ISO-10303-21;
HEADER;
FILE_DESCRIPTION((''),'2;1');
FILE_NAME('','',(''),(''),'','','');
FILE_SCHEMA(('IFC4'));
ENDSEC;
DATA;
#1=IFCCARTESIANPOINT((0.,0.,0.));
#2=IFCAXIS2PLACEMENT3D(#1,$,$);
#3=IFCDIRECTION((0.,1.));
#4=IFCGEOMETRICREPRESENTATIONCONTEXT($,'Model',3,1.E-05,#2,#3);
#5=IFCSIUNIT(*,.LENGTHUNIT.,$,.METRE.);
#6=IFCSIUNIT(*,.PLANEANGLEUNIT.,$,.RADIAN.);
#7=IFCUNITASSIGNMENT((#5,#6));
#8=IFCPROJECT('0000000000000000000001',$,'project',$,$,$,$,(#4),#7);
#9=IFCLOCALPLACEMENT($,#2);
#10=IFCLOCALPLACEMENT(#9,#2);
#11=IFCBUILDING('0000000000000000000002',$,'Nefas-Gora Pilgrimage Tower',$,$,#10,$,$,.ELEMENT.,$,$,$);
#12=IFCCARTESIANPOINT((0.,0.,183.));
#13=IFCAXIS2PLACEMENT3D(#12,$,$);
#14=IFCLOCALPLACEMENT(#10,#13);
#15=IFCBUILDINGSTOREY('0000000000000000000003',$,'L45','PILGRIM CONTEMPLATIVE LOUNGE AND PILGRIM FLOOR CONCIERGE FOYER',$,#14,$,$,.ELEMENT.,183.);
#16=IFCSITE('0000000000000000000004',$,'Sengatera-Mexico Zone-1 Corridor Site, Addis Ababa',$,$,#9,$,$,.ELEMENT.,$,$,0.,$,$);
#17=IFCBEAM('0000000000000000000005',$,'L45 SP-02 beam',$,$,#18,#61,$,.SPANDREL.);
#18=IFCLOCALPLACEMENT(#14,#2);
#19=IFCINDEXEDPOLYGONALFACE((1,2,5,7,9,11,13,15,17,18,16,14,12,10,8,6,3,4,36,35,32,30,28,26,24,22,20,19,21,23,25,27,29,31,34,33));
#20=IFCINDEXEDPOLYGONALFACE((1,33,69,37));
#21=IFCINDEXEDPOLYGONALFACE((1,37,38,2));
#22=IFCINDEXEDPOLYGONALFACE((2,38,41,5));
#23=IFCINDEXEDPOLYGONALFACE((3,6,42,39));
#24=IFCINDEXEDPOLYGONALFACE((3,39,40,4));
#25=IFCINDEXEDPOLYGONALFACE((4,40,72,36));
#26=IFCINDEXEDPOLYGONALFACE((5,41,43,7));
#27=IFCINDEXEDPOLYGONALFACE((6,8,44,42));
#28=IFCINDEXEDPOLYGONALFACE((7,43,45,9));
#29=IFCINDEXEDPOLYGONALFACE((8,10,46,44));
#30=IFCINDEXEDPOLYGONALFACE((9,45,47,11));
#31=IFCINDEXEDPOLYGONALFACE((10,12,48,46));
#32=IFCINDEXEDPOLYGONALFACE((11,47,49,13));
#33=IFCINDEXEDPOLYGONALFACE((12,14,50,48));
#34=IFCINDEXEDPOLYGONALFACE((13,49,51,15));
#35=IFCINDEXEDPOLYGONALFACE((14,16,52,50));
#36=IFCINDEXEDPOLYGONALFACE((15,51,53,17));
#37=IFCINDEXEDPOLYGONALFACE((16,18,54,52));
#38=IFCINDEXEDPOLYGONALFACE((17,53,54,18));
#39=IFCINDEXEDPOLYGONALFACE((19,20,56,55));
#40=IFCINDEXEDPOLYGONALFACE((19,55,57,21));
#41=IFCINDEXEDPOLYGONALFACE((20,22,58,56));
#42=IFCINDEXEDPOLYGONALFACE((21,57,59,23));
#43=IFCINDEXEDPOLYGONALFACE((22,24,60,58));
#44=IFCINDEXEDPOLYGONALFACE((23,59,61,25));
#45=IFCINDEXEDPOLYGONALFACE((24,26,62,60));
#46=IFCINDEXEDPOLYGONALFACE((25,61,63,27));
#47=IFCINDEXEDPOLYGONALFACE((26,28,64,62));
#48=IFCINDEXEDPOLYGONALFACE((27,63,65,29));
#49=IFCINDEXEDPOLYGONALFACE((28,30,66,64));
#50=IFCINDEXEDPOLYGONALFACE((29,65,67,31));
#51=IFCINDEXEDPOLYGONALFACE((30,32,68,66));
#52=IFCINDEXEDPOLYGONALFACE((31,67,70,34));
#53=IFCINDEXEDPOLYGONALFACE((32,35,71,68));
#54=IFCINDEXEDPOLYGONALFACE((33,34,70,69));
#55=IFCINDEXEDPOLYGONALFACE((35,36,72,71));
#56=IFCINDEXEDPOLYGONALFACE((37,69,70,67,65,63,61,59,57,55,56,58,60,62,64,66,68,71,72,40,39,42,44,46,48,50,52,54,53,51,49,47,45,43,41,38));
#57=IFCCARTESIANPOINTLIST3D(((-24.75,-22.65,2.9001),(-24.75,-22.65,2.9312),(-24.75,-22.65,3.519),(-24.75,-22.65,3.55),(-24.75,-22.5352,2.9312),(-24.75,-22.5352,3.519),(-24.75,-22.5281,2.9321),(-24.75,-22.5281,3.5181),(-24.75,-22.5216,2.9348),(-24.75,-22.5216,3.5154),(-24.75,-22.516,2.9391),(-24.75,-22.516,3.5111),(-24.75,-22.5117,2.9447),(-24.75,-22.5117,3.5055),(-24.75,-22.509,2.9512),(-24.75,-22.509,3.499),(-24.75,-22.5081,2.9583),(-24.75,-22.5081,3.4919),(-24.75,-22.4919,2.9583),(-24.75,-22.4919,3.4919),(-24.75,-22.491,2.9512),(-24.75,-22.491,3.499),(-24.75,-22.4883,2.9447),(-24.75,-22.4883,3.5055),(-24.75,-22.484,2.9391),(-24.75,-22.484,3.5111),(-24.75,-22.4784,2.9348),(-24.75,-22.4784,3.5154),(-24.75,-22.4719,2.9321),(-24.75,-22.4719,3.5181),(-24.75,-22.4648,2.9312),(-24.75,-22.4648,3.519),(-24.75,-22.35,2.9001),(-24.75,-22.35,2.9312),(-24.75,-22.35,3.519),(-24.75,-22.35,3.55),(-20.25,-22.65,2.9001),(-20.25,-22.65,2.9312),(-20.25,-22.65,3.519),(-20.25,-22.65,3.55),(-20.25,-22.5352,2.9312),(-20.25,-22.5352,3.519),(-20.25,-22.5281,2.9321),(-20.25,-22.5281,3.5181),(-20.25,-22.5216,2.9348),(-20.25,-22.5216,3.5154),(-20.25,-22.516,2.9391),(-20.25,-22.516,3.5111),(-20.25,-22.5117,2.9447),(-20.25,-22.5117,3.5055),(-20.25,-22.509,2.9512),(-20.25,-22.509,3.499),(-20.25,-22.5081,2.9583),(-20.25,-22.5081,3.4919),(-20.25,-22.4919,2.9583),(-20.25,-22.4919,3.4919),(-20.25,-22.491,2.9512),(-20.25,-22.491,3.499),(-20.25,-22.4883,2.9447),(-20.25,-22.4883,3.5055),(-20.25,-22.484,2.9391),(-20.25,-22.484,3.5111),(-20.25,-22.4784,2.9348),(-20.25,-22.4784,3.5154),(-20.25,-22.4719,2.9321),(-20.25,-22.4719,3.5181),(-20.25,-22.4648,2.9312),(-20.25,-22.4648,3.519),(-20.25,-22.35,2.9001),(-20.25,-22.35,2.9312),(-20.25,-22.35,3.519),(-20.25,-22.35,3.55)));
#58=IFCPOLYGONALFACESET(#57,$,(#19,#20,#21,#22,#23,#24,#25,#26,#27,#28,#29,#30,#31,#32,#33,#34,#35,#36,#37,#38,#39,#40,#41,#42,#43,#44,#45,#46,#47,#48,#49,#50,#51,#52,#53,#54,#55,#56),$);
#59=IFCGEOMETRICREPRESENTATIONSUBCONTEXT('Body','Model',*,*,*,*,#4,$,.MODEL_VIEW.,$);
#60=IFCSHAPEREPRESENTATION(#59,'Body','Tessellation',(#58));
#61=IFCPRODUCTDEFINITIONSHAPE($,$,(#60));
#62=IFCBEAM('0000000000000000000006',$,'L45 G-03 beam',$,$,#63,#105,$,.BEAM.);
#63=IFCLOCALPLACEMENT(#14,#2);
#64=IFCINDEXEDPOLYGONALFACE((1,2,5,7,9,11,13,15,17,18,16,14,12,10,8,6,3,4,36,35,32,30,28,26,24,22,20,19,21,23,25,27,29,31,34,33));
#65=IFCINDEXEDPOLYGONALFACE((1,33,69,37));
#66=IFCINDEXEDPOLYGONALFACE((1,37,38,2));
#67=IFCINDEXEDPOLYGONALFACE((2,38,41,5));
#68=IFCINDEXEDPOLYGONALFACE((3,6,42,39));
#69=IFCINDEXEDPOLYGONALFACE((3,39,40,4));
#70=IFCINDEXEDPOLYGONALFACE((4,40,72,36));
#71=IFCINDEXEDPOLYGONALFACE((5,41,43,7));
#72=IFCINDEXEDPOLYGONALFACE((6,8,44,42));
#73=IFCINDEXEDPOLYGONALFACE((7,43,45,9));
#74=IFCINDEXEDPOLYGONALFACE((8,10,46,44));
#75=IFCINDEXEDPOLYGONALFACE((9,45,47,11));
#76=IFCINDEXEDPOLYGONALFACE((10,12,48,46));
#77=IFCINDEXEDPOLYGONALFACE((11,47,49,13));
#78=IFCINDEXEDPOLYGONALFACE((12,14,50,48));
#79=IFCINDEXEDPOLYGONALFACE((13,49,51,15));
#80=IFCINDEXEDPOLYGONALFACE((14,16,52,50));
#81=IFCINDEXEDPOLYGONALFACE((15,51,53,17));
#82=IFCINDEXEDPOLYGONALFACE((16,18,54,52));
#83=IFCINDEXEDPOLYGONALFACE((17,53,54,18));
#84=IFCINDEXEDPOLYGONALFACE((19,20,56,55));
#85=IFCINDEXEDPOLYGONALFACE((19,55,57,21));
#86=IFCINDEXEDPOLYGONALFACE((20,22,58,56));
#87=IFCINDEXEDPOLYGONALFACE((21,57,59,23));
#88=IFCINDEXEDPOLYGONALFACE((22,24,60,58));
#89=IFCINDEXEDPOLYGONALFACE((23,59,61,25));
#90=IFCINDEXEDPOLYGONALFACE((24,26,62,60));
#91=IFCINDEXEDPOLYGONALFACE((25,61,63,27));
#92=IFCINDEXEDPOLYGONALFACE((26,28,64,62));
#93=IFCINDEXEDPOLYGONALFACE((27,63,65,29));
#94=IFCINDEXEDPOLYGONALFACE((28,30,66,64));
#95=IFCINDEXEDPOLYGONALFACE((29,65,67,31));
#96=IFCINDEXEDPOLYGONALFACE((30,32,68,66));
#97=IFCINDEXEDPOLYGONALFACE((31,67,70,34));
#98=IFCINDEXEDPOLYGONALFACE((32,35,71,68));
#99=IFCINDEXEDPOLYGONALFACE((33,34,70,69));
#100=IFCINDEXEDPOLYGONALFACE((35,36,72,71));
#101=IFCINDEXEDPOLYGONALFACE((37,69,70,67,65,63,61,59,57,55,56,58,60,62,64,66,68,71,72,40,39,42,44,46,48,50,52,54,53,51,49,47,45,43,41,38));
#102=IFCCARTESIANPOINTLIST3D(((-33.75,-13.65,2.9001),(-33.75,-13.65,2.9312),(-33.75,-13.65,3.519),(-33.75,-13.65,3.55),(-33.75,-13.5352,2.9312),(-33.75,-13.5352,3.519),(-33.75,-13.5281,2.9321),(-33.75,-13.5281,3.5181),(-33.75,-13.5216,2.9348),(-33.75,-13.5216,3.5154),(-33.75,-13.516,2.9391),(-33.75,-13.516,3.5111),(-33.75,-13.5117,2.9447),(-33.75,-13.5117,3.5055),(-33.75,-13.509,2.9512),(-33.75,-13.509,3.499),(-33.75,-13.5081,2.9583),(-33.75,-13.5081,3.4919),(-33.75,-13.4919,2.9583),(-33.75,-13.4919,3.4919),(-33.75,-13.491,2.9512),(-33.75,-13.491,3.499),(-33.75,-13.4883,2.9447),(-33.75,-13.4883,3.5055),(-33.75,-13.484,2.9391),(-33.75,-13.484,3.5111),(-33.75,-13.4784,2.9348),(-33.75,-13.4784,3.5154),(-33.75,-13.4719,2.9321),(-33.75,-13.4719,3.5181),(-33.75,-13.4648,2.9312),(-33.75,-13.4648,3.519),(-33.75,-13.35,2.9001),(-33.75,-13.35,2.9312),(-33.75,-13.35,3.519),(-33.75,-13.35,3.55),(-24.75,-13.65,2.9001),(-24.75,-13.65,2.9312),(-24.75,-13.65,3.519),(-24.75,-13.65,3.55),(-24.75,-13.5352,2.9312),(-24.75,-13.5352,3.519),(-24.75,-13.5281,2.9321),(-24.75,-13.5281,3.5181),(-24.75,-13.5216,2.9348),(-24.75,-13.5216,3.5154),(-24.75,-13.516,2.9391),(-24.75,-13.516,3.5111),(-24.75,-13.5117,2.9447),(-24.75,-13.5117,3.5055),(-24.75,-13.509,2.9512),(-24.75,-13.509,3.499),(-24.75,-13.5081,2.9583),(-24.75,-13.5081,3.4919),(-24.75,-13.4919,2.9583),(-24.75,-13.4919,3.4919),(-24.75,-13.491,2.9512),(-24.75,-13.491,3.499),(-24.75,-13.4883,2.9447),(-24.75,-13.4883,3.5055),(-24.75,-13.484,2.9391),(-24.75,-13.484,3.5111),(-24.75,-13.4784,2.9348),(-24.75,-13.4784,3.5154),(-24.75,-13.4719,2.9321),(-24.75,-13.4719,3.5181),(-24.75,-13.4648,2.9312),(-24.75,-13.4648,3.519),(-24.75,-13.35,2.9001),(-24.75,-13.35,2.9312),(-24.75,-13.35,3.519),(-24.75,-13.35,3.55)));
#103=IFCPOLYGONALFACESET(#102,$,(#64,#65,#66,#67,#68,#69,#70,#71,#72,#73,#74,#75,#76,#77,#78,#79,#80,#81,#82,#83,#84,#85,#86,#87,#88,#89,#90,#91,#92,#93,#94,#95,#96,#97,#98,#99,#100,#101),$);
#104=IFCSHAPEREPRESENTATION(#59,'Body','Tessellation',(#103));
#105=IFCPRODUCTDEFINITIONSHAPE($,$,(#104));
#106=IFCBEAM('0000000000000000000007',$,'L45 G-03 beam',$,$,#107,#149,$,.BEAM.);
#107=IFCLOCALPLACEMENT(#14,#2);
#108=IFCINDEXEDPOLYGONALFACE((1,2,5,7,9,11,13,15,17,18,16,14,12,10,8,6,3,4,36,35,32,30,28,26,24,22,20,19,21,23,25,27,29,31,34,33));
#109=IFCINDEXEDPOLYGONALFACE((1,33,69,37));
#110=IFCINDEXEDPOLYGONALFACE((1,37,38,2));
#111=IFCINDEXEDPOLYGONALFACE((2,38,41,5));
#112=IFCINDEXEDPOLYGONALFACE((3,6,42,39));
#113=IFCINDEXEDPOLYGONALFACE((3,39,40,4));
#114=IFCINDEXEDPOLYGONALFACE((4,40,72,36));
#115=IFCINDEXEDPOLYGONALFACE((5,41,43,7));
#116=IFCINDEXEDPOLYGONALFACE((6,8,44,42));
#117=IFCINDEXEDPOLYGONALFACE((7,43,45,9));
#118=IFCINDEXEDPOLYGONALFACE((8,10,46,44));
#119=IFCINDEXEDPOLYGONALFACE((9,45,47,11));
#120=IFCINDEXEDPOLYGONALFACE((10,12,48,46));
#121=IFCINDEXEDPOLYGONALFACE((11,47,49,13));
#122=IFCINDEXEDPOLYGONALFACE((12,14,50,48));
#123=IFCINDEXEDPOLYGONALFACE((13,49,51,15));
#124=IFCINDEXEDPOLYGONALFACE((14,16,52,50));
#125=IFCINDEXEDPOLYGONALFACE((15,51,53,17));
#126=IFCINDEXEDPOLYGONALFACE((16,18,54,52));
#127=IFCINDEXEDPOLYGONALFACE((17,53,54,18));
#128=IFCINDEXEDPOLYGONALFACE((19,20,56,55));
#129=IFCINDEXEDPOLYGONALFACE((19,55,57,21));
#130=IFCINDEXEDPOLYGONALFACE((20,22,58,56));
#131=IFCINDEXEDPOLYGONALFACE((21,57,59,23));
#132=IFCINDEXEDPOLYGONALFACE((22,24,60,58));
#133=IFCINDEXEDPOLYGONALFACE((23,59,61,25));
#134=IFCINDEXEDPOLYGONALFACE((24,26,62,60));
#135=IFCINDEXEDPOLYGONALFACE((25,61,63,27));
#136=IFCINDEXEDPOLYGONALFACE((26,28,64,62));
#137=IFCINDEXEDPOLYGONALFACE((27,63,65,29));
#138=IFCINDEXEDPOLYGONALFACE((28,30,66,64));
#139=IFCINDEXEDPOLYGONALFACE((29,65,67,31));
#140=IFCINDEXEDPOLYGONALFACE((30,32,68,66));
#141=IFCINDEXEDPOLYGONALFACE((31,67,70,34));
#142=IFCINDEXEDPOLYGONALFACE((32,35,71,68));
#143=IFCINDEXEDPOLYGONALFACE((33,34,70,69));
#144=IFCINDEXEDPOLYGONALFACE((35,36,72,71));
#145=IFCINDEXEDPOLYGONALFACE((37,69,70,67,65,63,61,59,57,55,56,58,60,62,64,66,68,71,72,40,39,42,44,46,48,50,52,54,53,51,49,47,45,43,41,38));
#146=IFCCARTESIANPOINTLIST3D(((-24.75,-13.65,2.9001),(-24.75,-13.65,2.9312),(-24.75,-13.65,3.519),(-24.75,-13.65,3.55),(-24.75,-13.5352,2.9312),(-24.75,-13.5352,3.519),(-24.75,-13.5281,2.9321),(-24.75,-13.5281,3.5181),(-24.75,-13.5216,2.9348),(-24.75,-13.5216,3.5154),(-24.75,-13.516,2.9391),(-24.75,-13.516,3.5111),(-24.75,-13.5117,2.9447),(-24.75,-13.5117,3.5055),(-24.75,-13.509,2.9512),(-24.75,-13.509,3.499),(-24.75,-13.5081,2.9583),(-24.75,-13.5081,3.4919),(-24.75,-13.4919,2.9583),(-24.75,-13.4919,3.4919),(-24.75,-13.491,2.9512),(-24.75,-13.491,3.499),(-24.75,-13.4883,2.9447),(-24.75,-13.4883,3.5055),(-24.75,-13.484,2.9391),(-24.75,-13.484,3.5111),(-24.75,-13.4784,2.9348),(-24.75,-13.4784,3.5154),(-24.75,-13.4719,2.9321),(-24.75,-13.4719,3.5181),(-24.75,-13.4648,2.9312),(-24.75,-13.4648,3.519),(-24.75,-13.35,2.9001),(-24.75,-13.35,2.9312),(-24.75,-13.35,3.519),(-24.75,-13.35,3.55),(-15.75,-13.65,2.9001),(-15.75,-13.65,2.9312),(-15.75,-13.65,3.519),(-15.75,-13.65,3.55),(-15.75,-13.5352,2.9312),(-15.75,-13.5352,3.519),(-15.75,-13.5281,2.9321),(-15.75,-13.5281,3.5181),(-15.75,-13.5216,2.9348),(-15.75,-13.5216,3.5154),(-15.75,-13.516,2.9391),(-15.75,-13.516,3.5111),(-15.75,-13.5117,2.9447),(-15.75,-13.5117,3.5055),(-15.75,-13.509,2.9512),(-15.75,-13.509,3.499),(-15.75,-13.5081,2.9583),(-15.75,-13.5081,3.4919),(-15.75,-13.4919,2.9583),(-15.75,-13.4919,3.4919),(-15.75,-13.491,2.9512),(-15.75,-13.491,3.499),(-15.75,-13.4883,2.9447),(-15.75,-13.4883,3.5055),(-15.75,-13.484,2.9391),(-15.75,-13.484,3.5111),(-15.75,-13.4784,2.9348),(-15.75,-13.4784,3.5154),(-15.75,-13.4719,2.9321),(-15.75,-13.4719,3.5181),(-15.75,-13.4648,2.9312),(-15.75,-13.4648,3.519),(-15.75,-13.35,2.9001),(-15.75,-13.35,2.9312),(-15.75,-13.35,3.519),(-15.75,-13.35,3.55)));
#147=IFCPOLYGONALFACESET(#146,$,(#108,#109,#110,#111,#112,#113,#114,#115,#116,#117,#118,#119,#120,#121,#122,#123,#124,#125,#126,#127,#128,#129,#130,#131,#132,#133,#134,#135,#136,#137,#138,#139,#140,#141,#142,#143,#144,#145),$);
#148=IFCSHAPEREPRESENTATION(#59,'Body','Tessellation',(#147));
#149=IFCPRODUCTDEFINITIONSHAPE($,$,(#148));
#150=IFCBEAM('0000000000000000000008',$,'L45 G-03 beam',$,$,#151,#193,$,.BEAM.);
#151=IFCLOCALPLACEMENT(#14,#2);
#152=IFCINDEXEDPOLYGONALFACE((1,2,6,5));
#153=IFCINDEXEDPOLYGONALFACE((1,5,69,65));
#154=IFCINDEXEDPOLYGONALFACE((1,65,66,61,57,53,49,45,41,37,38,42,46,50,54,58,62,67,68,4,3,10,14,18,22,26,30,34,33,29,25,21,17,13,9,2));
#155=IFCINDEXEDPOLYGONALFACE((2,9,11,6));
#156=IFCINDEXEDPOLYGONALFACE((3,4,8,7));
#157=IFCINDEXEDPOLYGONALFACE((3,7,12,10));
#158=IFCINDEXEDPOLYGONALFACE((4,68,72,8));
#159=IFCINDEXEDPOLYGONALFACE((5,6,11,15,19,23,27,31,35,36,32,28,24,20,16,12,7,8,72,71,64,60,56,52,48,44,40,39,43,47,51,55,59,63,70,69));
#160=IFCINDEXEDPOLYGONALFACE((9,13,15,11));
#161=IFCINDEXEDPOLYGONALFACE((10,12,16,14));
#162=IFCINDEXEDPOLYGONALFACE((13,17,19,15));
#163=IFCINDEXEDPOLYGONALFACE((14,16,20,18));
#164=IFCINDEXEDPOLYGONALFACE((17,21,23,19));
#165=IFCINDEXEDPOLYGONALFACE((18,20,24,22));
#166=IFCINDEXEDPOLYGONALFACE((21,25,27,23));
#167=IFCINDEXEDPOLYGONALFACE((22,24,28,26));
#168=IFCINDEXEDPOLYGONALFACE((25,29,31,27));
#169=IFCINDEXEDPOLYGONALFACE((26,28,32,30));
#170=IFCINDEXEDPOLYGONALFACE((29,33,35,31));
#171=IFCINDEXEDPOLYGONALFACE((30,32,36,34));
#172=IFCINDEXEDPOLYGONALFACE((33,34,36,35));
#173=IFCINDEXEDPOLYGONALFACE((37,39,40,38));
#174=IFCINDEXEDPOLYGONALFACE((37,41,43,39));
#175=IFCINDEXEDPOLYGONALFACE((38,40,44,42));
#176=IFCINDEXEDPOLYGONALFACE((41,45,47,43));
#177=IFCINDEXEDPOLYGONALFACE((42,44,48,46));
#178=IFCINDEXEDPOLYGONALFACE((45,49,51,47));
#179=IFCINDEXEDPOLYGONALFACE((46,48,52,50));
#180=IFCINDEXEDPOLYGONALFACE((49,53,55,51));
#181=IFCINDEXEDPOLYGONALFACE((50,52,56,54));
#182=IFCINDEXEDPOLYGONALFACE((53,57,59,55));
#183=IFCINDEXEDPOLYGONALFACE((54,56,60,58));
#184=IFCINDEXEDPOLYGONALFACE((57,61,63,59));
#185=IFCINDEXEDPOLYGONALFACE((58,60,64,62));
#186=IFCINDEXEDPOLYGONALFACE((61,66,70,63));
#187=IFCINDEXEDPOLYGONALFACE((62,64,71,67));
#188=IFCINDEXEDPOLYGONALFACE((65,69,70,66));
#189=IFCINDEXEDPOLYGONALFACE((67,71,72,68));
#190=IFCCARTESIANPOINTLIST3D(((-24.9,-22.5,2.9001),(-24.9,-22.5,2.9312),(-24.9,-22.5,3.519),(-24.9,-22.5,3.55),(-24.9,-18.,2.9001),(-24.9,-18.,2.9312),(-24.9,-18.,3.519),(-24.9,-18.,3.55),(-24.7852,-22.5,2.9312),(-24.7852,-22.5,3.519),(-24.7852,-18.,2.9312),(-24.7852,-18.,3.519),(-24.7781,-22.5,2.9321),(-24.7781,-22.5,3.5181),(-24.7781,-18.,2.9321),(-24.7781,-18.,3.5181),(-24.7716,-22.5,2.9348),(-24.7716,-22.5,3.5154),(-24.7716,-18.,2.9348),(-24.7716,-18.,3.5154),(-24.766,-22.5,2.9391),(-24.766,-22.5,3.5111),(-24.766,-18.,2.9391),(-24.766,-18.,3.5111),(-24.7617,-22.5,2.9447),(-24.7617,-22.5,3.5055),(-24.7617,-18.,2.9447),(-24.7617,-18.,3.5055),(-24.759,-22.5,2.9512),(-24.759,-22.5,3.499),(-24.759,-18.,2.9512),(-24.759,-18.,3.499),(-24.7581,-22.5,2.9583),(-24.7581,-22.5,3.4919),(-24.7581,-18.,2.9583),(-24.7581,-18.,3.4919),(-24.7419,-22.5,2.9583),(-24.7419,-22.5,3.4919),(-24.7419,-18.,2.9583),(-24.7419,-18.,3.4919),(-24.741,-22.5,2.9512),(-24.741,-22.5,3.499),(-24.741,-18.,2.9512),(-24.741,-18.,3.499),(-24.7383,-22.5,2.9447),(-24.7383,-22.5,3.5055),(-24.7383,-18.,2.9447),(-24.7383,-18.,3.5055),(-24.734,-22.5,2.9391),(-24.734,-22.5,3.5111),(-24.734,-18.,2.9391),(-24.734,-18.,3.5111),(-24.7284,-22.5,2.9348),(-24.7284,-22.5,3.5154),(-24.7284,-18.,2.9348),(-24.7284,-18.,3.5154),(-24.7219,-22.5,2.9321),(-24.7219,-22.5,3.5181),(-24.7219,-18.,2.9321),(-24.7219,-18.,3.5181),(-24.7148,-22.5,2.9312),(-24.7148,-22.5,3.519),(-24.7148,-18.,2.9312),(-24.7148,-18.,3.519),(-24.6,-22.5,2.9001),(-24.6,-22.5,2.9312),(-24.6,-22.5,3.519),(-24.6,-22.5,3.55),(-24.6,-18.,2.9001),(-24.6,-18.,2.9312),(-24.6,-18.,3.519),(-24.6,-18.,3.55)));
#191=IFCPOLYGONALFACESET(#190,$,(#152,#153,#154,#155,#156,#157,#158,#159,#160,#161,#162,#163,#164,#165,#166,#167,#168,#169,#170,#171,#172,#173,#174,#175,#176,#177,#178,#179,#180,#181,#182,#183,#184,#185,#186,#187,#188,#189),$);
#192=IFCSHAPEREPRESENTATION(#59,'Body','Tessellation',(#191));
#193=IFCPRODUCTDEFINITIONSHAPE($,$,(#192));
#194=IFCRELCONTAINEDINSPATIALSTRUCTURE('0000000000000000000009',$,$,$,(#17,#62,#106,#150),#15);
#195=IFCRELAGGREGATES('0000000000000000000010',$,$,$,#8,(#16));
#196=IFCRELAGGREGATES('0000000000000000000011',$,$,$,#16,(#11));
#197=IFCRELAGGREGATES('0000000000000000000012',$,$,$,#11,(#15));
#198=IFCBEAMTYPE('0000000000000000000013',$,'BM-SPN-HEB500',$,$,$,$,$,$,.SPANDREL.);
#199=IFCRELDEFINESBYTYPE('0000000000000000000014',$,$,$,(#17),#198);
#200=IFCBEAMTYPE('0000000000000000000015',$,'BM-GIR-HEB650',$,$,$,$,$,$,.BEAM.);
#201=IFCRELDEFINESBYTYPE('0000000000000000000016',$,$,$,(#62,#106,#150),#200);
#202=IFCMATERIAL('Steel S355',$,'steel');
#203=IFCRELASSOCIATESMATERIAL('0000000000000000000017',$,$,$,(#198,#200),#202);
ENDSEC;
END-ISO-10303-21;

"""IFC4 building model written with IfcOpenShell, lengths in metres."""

from ifc_helpers import new_model, si_unit, direction, frame, origin, origin_2d, place, context, subcontext, project, spatial, i_section, extrude, source, transform, mapped, material, material_profile, profile_set, type_object, element, save


model = new_model("IFC4")

# Units and contexts
model_context = context("Model", 3, precision=1e-05, world=origin(), true_north=direction((0.0, 1.0)))
body_context = subcontext(model_context, "Body", "Model", "MODEL_VIEW")
ifc_project = project(units=[si_unit("LENGTHUNIT", "METRE"), si_unit("PLANEANGLEUNIT", "RADIAN")], contexts=[model_context])

# Site, building, storey
site_placement = place(None, origin())
site = spatial("IfcSite", under=ifc_project, at=site_placement, Name="Sengatera-Mexico Zone-1 Corridor Site, Addis Ababa", CompositionType="ELEMENT", RefElevation=0.0)
building_placement = place(site_placement, origin())
building = spatial("IfcBuilding", under=site, at=building_placement, Name="Nefas-Gora Pilgrimage Tower", CompositionType="ELEMENT")
storey_placement = place(building_placement, frame((0.0, 0.0, 183.0)))
storey = spatial("IfcBuildingStorey", under=building, at=storey_placement, Name="L45", Description="PILGRIM CONTEMPLATIVE LOUNGE AND PILGRIM FLOOR CONCIERGE FOYER", CompositionType="ELEMENT", Elevation=183.0)

# Beams
ifc_material_1 = material(Name="Steel S355", Category="steel")
ifc_material_profile_1 = material_profile(ifc_material_1, i_section(OverallWidth=0.3, OverallDepth=0.6499, WebThickness=0.0161, FlangeThickness=0.031, FilletRadius=0.0271, at=origin_2d()), Name="HEB 650")
ifc_profile_set_1 = profile_set([ifc_material_profile_1], Name="Steel S355")
beam_type_1 = type_object("IfcBeamType", Name="BM-SPN-HEB500", PredefinedType="SPANDREL", material=ifc_profile_set_1)
shared_shape_1 = source(origin(), body_context, "Body", "SweptSolid", [
    extrude(i_section(OverallWidth=0.3, OverallDepth=0.6499, WebThickness=0.0161, FlangeThickness=0.031, FilletRadius=0.0271, at=origin_2d()), origin(), (0.0, 0.0, 1.0), 4.5),
])
for number, where, z_axis, x_axis, name in (
    (1, (-24.75, -22.5, 3.2251), (1.0, 0.0, 0.0), (0.0, 1.0, 0.0), "L45 SP-02 beam"),
):
    element("IfcBeam", number, at=place(storey_placement, frame(where, z_axis=z_axis, x_axis=x_axis)), inside=storey, type_object=beam_type_1, Name=name, PredefinedType="SPANDREL", context=body_context, shape_type="MappedRepresentation", body=[
        mapped(shared_shape_1, transform((0.0, 0.0, 0.0), x_axis=(1.0, 0.0, 0.0), y_axis=(0.0, 1.0, 0.0), z_axis=(0.0, 0.0, 1.0), scale=1.0)),
    ])
ifc_material_profile_2 = material_profile(ifc_material_1, i_section(OverallWidth=0.3, OverallDepth=0.6499, WebThickness=0.0161, FlangeThickness=0.031, FilletRadius=0.0271, at=origin_2d()), Name="HEB 650")
ifc_profile_set_2 = profile_set([ifc_material_profile_2], Name="Steel S355")
beam_type_2 = type_object("IfcBeamType", Name="BM-GIR-HEB650", PredefinedType="BEAM", material=ifc_profile_set_2)
shared_shape_2 = source(origin(), body_context, "Body", "SweptSolid", [
    extrude(i_section(OverallWidth=0.3, OverallDepth=0.6499, WebThickness=0.0161, FlangeThickness=0.031, FilletRadius=0.0271, at=origin_2d()), origin(), (0.0, 0.0, 1.0), 9.0),
])
for number, where, z_axis, x_axis, name in (
    (2, (-33.75, -13.5, 3.2251), (1.0, 0.0, 0.0), (0.0, 1.0, 0.0), "L45 G-03 beam"),
    (3, (-24.75, -13.5, 3.2251), (1.0, 0.0, 0.0), (0.0, 1.0, 0.0), "L45 G-03 beam"),
):
    element("IfcBeam", number, at=place(storey_placement, frame(where, z_axis=z_axis, x_axis=x_axis)), inside=storey, type_object=beam_type_2, Name=name, PredefinedType="BEAM", context=body_context, shape_type="MappedRepresentation", body=[
        mapped(shared_shape_2, transform((0.0, 0.0, 0.0), x_axis=(1.0, 0.0, 0.0), y_axis=(0.0, 1.0, 0.0), z_axis=(0.0, 0.0, 1.0), scale=1.0)),
    ])
shared_shape_3 = source(origin(), body_context, "Body", "SweptSolid", [
    extrude(i_section(OverallWidth=0.3, OverallDepth=0.6499, WebThickness=0.0161, FlangeThickness=0.031, FilletRadius=0.0271, at=origin_2d()), origin(), (0.0, 0.0, 1.0), 4.5),
])
for number, where, z_axis, x_axis, name in (
    (4, (-24.75, -22.5, 3.2251), (0.0, 1.0, 0.0), (-1.0, 0.0, 0.0), "L45 G-03 beam"),
):
    element("IfcBeam", number, at=place(storey_placement, frame(where, z_axis=z_axis, x_axis=x_axis)), inside=storey, type_object=beam_type_2, Name=name, PredefinedType="BEAM", context=body_context, shape_type="MappedRepresentation", body=[
        mapped(shared_shape_3, transform((0.0, 0.0, 0.0), x_axis=(1.0, 0.0, 0.0), y_axis=(0.0, 1.0, 0.0), z_axis=(0.0, 0.0, 1.0), scale=1.0)),
    ])

save(model, "model.ifc")
